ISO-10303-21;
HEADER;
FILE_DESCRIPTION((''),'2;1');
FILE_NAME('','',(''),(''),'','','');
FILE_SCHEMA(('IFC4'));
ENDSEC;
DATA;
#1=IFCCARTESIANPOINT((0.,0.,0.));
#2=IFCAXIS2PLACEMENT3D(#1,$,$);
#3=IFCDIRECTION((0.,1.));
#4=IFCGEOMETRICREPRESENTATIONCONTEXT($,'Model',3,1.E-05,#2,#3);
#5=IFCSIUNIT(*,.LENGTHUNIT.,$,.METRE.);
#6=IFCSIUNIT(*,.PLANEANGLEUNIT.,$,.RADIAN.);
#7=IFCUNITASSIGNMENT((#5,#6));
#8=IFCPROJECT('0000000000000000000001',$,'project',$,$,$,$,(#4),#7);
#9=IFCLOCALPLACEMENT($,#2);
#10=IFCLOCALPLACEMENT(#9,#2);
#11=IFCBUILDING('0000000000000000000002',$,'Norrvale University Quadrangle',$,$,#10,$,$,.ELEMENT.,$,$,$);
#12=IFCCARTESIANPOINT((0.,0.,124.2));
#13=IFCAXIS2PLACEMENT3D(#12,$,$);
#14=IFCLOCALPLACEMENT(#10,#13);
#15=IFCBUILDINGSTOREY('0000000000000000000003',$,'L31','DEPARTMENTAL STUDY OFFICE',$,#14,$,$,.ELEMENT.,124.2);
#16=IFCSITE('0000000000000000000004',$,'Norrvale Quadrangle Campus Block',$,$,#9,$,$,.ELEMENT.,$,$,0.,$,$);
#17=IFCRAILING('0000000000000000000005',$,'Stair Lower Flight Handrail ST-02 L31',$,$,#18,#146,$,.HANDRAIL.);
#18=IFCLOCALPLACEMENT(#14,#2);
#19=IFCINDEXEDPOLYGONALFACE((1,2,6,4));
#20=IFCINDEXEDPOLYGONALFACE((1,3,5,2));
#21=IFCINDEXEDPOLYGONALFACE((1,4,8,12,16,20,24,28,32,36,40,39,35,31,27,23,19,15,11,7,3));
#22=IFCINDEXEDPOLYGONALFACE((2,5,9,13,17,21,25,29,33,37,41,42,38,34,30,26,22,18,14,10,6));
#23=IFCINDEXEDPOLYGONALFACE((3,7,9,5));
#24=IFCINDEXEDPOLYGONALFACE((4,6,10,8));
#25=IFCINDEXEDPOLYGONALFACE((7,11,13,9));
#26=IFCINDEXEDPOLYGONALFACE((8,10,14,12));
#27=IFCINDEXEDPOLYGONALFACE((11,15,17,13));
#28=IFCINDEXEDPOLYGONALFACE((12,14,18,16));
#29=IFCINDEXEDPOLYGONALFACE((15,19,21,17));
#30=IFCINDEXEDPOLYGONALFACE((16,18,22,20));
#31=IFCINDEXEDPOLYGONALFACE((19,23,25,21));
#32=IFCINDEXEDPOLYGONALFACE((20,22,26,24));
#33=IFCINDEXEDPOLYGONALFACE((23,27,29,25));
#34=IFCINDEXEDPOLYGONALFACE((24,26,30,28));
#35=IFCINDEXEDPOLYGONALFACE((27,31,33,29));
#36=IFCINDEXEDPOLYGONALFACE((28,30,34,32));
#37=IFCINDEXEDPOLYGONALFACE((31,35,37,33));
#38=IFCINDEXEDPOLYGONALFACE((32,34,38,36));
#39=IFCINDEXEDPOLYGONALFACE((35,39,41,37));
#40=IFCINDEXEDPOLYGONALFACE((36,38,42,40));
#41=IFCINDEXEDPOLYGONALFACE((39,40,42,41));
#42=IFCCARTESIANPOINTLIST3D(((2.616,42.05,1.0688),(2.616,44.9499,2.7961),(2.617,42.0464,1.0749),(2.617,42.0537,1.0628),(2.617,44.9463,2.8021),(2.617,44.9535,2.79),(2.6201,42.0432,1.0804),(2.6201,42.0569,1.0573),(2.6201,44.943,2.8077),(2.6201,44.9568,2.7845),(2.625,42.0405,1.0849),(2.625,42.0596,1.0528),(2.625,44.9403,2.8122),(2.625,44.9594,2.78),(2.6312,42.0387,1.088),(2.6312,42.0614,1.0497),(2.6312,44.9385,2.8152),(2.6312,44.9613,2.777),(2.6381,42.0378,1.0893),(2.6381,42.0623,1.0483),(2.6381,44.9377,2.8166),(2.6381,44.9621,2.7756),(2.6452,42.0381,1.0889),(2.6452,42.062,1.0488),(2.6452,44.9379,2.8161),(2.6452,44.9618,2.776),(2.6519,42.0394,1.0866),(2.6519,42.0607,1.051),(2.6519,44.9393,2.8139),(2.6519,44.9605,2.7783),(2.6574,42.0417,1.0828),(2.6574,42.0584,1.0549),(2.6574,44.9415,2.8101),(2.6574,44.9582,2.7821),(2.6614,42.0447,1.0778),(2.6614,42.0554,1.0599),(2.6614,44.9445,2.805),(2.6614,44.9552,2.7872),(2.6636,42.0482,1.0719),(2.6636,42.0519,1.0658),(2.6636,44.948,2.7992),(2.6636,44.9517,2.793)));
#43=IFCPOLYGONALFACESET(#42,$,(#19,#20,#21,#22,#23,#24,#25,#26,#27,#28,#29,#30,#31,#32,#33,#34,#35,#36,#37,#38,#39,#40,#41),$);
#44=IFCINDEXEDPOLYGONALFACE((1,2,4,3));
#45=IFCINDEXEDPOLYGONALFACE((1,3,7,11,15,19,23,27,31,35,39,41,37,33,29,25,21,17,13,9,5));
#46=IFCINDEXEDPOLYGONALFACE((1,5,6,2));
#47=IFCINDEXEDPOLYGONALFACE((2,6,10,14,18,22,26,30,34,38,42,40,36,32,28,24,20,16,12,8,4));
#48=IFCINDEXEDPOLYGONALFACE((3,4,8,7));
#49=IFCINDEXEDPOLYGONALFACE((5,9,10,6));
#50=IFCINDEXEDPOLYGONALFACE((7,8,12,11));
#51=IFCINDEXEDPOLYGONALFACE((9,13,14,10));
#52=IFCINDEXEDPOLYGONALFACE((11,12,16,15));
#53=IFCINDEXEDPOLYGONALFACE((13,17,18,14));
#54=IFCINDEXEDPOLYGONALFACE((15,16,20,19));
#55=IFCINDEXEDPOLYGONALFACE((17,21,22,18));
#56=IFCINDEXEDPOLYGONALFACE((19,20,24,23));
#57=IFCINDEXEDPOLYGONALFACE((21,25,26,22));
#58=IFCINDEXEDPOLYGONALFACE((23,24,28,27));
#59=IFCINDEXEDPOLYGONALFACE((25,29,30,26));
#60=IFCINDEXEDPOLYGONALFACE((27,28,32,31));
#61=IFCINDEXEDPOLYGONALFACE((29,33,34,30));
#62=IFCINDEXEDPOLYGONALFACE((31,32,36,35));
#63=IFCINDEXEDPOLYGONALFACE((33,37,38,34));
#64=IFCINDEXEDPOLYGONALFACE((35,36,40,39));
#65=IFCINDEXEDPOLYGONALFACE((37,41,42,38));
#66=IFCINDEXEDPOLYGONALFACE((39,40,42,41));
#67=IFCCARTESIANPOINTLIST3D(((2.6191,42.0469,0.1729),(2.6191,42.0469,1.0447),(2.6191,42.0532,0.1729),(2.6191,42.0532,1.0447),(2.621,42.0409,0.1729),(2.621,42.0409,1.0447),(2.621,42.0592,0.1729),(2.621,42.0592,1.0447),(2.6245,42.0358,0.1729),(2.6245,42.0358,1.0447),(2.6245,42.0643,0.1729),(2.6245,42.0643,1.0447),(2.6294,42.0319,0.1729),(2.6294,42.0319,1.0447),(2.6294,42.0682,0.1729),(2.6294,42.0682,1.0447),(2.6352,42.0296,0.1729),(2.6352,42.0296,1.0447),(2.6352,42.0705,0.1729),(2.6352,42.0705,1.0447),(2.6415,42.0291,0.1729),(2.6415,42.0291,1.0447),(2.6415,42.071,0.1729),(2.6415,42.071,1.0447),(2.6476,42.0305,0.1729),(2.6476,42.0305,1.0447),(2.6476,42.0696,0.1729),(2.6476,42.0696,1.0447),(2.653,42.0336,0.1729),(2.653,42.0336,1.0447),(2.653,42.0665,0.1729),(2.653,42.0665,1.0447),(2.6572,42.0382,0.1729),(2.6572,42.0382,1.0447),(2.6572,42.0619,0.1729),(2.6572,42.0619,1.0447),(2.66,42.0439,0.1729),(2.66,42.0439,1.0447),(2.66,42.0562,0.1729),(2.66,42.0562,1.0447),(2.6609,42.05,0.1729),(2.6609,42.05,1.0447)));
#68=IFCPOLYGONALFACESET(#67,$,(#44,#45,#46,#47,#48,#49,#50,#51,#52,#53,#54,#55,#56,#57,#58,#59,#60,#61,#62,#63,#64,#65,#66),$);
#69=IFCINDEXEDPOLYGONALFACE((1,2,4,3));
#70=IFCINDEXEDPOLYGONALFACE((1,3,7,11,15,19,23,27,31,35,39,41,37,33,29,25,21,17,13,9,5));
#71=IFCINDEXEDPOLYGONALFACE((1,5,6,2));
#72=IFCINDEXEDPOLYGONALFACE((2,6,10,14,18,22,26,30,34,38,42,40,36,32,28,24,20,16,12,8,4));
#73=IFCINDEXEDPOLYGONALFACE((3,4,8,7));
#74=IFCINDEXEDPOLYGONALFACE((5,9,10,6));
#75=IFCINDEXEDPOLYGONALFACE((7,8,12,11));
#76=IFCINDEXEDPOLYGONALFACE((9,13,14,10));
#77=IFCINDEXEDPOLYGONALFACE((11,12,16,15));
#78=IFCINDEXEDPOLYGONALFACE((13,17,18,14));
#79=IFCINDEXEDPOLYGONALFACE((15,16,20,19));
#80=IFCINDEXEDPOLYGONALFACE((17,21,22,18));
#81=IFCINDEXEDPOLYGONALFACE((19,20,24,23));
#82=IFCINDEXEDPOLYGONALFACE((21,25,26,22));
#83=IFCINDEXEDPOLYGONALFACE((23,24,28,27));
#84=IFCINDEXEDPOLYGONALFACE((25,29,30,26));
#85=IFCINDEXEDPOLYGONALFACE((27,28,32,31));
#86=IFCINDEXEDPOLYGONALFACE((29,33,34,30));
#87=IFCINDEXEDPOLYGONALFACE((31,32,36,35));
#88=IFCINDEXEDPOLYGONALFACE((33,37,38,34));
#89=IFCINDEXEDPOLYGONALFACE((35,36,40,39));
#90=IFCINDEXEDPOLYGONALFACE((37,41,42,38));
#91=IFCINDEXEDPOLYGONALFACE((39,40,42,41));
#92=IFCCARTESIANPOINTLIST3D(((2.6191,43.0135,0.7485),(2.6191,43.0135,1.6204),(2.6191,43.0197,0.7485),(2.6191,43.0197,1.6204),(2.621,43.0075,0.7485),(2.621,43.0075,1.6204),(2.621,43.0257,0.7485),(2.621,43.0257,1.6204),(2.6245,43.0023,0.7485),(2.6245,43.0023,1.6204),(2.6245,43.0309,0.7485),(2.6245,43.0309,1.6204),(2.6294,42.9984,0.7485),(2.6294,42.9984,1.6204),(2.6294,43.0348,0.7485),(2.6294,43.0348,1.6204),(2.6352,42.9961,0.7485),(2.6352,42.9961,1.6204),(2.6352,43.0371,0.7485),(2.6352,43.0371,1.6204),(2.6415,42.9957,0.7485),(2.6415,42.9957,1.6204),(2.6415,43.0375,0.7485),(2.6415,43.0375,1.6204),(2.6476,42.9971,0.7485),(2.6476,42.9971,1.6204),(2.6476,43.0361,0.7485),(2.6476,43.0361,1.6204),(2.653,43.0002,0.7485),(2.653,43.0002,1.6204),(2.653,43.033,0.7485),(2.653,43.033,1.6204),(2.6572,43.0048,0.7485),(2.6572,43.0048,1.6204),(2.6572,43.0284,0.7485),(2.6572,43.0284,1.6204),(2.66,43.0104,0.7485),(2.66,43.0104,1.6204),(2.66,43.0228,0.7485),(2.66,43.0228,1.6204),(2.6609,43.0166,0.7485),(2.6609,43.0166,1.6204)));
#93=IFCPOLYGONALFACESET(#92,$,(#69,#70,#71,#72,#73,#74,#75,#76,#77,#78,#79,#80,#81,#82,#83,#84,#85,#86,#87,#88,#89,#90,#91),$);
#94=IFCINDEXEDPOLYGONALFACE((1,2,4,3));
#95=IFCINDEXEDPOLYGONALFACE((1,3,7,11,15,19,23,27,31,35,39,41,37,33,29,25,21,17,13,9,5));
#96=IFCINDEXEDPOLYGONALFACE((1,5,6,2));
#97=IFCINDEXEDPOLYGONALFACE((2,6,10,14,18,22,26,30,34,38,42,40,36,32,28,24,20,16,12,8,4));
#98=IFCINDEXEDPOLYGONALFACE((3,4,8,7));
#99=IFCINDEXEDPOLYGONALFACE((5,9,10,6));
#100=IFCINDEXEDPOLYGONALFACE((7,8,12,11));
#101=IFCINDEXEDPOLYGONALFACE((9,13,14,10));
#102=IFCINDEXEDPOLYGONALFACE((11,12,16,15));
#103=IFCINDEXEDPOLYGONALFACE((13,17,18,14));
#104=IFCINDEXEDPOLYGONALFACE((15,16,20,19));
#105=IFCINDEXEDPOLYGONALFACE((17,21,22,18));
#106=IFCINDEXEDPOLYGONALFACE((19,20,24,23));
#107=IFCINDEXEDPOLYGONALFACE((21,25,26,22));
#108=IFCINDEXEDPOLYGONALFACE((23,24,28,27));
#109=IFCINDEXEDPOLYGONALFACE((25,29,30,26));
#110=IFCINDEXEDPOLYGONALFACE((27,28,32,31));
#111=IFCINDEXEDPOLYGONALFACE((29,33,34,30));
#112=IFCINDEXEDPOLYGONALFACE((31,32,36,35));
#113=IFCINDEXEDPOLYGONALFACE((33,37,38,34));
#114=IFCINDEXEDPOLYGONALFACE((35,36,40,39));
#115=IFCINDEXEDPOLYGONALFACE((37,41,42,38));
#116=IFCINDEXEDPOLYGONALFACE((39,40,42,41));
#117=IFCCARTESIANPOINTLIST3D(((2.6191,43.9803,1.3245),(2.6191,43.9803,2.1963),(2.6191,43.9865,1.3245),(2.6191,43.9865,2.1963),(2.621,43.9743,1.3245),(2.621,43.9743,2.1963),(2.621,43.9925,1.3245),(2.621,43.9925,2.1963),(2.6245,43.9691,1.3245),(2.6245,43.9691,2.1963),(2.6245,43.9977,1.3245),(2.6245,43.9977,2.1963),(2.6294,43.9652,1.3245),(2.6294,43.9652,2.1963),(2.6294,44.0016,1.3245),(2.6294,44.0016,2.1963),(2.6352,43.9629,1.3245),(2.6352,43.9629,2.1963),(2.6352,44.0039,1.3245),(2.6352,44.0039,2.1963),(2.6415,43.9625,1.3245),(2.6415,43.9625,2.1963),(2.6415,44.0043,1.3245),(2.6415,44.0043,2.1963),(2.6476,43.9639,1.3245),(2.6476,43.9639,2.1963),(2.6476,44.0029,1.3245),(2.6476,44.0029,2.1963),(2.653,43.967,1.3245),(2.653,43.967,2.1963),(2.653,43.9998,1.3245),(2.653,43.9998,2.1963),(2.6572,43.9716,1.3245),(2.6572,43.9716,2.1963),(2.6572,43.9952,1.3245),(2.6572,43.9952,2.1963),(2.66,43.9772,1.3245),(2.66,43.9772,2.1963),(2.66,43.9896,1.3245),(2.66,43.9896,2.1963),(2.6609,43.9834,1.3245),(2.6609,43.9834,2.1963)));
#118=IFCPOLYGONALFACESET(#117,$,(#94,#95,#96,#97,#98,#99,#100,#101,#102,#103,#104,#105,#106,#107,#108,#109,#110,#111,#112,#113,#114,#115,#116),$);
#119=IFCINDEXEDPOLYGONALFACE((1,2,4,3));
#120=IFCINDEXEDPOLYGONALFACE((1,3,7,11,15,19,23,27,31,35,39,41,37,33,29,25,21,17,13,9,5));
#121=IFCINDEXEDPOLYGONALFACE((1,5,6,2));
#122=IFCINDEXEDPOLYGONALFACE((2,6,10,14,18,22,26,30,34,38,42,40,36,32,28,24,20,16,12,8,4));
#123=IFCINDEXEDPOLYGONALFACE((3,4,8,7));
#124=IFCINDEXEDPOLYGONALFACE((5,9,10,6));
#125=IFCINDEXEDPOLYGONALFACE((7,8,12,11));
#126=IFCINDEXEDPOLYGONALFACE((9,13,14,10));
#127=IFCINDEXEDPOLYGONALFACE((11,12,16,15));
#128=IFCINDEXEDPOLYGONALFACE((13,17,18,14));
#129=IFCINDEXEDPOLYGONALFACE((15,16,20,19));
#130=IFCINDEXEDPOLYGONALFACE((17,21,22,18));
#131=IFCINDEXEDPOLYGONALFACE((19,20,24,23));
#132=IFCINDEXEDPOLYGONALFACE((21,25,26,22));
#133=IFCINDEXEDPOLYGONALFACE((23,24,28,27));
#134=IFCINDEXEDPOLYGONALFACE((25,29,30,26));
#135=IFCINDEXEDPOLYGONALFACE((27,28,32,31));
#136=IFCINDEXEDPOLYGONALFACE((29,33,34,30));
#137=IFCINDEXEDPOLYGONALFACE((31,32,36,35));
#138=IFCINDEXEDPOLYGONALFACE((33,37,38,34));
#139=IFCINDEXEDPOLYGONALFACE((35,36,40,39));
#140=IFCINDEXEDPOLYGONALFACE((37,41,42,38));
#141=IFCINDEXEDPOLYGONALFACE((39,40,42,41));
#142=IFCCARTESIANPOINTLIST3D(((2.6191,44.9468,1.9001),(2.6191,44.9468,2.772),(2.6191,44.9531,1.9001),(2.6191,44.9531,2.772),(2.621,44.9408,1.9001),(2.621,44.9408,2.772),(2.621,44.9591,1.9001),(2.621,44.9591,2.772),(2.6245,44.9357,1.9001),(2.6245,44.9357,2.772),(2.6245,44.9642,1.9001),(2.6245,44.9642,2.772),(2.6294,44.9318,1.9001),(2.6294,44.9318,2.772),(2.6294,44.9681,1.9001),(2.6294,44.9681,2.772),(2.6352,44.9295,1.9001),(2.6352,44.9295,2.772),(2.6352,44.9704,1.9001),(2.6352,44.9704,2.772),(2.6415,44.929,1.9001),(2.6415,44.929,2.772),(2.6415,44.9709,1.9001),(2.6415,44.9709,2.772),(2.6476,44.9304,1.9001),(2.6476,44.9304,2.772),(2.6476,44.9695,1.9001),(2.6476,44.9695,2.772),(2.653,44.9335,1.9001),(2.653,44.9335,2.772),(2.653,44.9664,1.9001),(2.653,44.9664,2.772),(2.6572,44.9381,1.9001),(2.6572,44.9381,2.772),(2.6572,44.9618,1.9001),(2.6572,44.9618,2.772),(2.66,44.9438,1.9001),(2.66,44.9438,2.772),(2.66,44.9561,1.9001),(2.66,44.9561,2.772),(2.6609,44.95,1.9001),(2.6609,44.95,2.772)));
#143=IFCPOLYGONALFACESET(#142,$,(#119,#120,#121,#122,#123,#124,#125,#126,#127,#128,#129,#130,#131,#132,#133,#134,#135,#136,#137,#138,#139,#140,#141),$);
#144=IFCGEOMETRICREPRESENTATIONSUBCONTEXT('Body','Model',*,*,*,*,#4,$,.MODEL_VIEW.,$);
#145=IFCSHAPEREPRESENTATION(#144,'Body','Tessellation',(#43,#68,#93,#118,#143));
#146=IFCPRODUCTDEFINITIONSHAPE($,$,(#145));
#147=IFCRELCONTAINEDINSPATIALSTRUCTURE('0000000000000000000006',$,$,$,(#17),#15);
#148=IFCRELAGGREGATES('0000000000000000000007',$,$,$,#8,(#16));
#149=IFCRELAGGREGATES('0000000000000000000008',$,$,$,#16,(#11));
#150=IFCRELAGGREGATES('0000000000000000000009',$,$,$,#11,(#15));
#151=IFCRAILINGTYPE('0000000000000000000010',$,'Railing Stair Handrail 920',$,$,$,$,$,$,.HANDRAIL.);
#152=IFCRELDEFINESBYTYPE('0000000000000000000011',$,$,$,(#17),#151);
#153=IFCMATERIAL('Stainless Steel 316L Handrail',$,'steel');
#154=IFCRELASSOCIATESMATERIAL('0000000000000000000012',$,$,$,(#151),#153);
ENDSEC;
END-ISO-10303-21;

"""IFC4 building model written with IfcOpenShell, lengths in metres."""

from ifc_helpers import new_model, si_unit, direction, frame, origin, origin_2d, place, context, subcontext, project, spatial, circle, extrude, material, type_object, element, save


model = new_model("IFC4")

# Units and contexts
model_context = context("Model", 3, precision=1e-05, world=origin(), true_north=direction((0.0, 1.0)))
body_context = subcontext(model_context, "Body", "Model", "MODEL_VIEW")
ifc_project = project(units=[si_unit("LENGTHUNIT", "METRE"), si_unit("PLANEANGLEUNIT", "RADIAN")], contexts=[model_context])

# Site, building, storey
site_placement = place(None, origin())
site = spatial("IfcSite", under=ifc_project, at=site_placement, Name="Norrvale Quadrangle Campus Block", CompositionType="ELEMENT", RefElevation=0.0)
building_placement = place(site_placement, origin())
building = spatial("IfcBuilding", under=site, at=building_placement, Name="Norrvale University Quadrangle", CompositionType="ELEMENT")
storey_placement = place(building_placement, frame((0.0, 0.0, 124.2)))
storey = spatial("IfcBuildingStorey", under=building, at=storey_placement, Name="L31", Description="DEPARTMENTAL STUDY OFFICE", CompositionType="ELEMENT", Elevation=124.2)

# Railing
ifc_material_1 = material(Name="Stainless Steel 316L Handrail", Category="steel")
railing_type_1 = type_object("IfcRailingType", Name="Railing Stair Handrail 920", PredefinedType="HANDRAIL", material=ifc_material_1)
railing_1_placement = place(storey_placement, frame((2.6399, 42.05, 0.1729)))
element("IfcRailing", 1, at=railing_1_placement, inside=storey, type_object=railing_type_1, Name="Stair Lower Flight Handrail ST-02 L31", PredefinedType="HANDRAIL", context=body_context, shape_type="SweptSolid", body=[
    extrude(circle(Radius=0.0239, at=origin_2d()), frame((0.0, 0.0, 0.896), z_axis=(0.0, 0.859141, 0.511738), x_axis=(-1.0, 0.0, 0.0)), (0.0, 0.0, 1.0), 3.3752),
    extrude(circle(Radius=0.021, at=origin_2d()), origin(), (0.0, 0.0, 1.0), 0.8718),
    extrude(circle(Radius=0.021, at=origin_2d()), frame((0.0, 0.9666, 0.5757)), (0.0, 0.0, 1.0), 0.8718),
    extrude(circle(Radius=0.021, at=origin_2d()), frame((0.0, 1.9333, 1.1516)), (0.0, 0.0, 1.0), 0.8718),
    extrude(circle(Radius=0.021, at=origin_2d()), frame((0.0, 2.8999, 1.7273)), (0.0, 0.0, 1.0), 0.8718),
])

save(model, "model.ifc")
